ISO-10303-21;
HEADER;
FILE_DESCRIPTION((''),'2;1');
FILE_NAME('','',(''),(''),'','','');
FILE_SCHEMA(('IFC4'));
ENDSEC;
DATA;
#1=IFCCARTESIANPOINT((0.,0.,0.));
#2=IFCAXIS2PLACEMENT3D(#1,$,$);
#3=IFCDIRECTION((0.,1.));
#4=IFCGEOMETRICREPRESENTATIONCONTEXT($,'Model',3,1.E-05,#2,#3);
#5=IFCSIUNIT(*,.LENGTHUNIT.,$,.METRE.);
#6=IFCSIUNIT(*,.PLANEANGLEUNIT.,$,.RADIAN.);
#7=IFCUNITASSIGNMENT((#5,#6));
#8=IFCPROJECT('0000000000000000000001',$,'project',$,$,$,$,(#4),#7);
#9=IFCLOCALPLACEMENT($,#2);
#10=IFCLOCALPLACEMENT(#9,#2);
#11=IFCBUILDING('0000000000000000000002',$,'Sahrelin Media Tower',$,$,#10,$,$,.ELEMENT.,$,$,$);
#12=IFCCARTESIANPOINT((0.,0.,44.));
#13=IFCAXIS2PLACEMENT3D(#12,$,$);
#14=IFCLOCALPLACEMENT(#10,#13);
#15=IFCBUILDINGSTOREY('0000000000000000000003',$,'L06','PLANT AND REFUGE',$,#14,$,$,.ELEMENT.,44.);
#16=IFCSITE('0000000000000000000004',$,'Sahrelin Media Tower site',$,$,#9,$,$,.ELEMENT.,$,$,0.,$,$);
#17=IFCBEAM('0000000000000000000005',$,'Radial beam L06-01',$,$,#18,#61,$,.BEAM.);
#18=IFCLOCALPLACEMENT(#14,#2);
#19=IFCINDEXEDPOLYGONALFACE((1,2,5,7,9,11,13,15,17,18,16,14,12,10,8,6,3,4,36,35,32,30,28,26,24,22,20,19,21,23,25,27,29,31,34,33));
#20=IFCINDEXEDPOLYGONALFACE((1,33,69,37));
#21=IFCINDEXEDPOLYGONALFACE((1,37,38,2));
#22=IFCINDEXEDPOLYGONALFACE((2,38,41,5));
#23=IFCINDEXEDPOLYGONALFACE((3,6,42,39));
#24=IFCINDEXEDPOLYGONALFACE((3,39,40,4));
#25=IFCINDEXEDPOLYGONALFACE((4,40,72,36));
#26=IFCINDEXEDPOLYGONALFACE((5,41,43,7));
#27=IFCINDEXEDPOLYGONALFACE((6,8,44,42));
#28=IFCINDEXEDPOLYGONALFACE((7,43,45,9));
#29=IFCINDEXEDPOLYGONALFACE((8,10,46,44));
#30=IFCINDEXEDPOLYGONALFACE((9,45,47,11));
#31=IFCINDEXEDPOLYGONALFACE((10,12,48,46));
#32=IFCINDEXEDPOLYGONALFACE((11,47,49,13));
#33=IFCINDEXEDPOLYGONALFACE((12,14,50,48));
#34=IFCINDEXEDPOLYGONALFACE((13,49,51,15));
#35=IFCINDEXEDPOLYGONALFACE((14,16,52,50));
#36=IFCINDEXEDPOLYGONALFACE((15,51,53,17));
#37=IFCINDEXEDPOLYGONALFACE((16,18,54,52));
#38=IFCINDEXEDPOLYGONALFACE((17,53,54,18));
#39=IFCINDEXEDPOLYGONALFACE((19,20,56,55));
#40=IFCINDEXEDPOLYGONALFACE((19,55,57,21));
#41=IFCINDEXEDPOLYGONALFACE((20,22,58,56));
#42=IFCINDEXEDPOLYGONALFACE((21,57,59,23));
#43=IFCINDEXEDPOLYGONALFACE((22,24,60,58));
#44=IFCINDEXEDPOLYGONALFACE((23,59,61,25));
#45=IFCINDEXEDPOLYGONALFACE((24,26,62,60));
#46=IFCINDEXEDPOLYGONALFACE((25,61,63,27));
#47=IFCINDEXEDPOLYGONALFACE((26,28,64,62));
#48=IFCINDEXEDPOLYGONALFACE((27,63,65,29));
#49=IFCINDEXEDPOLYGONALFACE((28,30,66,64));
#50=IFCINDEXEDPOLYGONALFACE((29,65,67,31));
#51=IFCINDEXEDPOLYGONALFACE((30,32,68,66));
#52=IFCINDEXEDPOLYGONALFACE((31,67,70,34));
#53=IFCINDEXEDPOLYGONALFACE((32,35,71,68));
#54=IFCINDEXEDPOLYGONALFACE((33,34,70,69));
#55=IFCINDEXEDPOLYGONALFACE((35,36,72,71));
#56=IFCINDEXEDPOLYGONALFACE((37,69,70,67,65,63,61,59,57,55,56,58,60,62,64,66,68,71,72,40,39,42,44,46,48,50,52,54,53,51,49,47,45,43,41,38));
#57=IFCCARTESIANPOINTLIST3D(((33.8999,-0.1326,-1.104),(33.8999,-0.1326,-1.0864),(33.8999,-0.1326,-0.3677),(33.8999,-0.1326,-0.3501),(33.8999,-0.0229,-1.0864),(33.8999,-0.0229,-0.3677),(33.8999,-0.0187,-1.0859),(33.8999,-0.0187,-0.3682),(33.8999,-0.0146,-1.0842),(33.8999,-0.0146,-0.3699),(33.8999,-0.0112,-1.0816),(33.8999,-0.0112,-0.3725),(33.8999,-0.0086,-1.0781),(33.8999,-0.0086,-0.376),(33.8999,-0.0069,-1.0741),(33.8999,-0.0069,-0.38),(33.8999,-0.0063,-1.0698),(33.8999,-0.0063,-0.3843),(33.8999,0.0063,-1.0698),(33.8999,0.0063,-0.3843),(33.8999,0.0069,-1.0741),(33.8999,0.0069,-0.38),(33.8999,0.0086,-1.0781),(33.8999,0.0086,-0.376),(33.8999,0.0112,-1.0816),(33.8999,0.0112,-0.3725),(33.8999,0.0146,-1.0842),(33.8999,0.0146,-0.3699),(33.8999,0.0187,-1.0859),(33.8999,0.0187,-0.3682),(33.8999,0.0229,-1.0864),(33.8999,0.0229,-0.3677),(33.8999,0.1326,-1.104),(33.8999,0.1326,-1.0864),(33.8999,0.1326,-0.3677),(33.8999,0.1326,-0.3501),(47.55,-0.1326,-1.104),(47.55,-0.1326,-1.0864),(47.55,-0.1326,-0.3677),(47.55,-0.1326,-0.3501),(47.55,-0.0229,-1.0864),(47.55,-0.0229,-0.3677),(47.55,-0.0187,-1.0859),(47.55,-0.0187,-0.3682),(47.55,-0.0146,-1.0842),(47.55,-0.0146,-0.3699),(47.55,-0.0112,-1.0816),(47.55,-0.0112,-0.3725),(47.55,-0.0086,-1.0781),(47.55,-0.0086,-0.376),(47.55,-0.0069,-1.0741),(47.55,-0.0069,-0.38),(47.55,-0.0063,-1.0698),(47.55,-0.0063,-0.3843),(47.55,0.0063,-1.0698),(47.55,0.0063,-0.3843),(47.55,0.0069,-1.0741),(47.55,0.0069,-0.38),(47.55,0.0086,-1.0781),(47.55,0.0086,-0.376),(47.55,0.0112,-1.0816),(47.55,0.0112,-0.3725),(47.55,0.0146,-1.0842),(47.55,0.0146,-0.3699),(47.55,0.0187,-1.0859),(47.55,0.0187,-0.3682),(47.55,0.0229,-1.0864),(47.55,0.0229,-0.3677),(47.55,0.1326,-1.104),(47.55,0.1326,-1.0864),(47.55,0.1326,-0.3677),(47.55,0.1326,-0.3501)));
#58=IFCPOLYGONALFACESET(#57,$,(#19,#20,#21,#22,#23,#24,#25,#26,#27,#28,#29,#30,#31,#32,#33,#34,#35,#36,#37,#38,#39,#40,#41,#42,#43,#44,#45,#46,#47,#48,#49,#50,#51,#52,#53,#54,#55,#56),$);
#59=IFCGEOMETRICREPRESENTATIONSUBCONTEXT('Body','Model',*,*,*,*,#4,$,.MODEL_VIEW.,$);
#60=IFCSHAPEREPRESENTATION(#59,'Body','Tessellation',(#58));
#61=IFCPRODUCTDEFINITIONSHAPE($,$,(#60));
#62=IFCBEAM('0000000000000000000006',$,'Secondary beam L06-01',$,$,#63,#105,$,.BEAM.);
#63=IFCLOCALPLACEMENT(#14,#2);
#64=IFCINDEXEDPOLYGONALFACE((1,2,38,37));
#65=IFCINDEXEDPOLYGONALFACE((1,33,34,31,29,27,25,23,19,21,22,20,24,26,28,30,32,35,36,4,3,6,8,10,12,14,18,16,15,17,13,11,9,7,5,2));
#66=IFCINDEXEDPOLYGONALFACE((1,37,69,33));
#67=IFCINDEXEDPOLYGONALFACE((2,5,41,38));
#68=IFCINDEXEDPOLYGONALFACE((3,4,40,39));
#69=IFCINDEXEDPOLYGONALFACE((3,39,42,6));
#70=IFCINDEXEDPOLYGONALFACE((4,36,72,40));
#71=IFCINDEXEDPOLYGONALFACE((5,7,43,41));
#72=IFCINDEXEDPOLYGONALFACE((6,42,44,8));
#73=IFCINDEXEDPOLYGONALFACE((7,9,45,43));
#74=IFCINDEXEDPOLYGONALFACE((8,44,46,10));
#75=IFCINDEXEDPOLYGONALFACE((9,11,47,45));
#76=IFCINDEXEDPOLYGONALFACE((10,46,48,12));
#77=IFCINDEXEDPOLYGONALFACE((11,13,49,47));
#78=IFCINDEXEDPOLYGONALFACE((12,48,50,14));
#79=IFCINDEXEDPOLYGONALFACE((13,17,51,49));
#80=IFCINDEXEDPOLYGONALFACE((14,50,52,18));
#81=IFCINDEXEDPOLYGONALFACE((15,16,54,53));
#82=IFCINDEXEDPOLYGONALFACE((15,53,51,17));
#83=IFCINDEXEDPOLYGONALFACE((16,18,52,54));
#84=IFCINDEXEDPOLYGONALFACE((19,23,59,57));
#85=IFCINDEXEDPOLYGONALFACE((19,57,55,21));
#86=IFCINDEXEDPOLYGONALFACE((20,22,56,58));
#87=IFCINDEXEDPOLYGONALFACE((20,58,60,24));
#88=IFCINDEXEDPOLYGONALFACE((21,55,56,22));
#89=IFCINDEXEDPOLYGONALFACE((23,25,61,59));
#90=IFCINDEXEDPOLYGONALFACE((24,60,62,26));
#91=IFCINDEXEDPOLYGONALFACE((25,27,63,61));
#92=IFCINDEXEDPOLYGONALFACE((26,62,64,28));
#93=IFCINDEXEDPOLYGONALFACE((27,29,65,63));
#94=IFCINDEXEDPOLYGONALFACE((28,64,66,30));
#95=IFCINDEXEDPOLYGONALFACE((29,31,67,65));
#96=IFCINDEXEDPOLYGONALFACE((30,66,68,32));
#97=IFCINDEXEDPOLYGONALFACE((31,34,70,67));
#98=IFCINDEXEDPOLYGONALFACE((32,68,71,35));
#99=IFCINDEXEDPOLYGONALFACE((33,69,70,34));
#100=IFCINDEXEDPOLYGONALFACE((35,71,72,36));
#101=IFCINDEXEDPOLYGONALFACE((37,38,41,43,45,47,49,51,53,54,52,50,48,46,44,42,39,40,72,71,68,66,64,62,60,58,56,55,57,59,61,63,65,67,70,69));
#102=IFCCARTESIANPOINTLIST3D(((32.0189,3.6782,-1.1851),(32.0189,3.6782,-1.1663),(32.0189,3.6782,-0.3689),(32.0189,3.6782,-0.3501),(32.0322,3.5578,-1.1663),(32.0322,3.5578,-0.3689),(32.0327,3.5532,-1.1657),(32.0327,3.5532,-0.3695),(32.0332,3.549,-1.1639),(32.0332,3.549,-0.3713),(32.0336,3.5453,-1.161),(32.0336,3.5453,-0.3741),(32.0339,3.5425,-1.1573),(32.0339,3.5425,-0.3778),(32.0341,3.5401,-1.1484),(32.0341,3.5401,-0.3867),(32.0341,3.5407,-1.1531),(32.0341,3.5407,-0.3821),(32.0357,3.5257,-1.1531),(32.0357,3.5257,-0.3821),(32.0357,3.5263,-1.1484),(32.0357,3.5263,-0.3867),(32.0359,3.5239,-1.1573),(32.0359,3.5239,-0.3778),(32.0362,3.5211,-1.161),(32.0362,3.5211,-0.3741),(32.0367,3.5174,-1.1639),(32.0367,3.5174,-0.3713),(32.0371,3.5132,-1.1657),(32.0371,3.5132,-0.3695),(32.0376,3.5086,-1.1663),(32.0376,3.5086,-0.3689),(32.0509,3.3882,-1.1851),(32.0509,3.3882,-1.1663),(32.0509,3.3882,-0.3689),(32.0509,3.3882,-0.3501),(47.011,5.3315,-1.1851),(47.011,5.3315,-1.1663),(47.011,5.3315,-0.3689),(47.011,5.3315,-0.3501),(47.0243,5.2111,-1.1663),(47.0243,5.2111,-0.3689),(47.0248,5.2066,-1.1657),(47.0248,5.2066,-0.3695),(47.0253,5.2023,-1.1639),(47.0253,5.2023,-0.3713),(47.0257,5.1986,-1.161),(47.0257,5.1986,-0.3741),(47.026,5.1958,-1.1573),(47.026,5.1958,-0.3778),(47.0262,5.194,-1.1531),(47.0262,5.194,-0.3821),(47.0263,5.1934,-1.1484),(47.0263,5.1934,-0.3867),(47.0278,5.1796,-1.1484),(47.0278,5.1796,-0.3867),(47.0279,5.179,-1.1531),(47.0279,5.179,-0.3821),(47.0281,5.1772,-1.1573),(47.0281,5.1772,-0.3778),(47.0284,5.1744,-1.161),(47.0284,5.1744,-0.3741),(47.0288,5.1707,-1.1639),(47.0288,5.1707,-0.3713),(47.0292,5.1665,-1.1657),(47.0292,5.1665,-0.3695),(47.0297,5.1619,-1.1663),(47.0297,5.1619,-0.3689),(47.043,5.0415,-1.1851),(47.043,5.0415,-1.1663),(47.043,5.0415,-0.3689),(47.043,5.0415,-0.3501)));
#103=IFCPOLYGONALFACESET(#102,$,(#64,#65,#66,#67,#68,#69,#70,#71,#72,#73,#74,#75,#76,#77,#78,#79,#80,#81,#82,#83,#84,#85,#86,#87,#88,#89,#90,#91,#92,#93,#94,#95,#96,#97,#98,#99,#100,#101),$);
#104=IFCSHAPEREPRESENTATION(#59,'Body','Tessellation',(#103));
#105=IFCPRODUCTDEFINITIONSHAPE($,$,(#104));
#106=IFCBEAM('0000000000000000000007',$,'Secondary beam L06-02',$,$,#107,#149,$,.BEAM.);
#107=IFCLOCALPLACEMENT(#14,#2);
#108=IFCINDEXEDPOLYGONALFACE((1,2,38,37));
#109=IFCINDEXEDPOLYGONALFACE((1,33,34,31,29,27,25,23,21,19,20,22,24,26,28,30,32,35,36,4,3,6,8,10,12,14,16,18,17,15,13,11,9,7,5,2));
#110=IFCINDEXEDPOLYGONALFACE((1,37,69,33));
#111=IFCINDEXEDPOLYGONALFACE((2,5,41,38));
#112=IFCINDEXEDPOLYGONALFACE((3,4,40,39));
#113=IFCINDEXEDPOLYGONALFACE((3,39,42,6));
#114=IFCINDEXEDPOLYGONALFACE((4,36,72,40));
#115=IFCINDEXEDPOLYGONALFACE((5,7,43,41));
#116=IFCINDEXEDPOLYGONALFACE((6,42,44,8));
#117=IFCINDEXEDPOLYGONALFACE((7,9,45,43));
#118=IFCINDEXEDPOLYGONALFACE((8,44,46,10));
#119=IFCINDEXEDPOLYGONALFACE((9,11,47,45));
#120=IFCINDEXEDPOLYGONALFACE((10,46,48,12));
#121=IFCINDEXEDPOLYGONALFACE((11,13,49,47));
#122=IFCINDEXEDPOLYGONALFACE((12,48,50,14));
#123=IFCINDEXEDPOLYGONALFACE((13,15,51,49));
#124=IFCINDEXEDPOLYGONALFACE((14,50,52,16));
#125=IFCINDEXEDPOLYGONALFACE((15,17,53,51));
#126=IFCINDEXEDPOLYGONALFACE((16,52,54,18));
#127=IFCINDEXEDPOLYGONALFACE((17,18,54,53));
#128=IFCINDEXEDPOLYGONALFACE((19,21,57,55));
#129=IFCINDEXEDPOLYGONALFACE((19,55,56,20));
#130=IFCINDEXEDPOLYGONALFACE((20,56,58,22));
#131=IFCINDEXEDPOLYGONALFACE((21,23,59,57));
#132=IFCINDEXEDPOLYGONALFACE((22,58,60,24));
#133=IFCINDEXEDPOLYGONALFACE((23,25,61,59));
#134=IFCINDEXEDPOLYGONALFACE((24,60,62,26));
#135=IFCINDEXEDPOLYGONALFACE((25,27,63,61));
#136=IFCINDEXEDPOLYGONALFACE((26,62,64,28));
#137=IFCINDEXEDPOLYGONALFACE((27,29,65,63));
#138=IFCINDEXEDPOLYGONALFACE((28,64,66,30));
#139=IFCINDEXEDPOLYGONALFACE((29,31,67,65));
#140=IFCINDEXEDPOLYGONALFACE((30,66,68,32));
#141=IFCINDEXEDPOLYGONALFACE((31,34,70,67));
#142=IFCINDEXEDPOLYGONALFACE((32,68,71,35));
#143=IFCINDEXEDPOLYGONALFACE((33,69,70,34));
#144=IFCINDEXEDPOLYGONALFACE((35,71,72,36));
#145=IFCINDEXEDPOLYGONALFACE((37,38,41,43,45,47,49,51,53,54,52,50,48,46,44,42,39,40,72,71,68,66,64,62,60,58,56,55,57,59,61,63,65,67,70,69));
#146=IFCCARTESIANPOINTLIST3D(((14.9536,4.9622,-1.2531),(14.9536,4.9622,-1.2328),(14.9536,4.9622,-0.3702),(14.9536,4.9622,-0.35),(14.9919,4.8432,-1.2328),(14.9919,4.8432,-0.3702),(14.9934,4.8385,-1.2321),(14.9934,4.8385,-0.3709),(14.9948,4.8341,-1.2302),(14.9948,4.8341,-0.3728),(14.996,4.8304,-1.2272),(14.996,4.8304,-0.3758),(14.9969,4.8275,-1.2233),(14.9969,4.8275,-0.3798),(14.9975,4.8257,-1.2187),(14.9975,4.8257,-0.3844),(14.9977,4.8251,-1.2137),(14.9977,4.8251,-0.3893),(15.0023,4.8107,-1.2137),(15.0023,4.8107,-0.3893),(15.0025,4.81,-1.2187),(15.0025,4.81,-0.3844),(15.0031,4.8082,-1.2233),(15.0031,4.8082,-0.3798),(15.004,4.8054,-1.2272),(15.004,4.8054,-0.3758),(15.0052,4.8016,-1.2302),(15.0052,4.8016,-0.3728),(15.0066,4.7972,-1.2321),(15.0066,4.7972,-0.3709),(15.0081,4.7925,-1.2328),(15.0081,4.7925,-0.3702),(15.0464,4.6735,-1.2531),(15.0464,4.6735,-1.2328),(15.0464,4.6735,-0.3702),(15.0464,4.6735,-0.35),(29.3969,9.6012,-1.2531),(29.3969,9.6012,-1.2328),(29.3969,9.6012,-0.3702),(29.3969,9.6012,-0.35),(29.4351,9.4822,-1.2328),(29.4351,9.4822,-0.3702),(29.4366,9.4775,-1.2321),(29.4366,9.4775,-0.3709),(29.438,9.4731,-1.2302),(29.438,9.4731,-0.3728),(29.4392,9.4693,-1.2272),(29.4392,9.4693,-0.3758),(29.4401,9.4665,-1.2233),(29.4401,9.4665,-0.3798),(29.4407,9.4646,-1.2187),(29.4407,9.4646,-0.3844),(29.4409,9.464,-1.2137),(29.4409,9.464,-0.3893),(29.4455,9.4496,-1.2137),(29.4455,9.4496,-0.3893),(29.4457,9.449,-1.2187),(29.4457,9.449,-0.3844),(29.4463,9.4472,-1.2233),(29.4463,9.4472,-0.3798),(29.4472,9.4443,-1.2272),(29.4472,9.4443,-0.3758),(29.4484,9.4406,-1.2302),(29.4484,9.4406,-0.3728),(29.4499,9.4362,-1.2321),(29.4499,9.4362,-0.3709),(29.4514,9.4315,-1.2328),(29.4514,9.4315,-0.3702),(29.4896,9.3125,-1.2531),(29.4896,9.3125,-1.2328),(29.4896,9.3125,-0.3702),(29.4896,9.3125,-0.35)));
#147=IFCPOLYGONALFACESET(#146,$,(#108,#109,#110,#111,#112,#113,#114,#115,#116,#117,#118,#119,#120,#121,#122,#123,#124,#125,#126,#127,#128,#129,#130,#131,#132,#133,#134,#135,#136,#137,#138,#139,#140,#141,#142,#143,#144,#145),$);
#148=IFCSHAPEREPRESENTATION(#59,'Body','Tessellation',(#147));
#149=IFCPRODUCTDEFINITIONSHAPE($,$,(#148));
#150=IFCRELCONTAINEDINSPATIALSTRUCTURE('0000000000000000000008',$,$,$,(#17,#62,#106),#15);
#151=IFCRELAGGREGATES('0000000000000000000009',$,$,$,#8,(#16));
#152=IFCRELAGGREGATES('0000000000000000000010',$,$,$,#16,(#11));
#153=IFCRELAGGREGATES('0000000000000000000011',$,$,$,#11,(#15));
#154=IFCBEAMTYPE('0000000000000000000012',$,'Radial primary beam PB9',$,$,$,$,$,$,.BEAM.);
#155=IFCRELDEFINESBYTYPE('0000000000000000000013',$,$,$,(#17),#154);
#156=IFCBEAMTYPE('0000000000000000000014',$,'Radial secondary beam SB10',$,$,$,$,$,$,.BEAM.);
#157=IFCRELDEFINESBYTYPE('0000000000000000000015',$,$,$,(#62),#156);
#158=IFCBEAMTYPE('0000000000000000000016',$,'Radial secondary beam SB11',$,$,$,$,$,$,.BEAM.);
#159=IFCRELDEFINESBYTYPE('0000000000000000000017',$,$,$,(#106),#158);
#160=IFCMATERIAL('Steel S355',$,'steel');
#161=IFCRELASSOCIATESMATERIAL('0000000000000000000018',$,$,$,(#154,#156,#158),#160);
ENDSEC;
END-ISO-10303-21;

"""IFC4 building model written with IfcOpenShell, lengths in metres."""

from ifc_helpers import new_model, si_unit, direction, frame, origin, origin_2d, place, context, subcontext, project, spatial, i_section, extrude, material, material_profile, profile_set, type_object, element, save


model = new_model("IFC4")

# Units and contexts
model_context = context("Model", 3, precision=1e-05, world=origin(), true_north=direction((0.0, 1.0)))
body_context = subcontext(model_context, "Body", "Model", "MODEL_VIEW")
ifc_project = project(units=[si_unit("LENGTHUNIT", "METRE"), si_unit("PLANEANGLEUNIT", "RADIAN")], contexts=[model_context])

# Site, building, storey
site_placement = place(None, origin())
site = spatial("IfcSite", under=ifc_project, at=site_placement, Name="Sahrelin Media Tower site", CompositionType="ELEMENT", RefElevation=0.0)
building_placement = place(site_placement, origin())
building = spatial("IfcBuilding", under=site, at=building_placement, Name="Sahrelin Media Tower", CompositionType="ELEMENT")
storey_placement = place(building_placement, frame((0.0, 0.0, 44.0)))
storey = spatial("IfcBuildingStorey", under=building, at=storey_placement, Name="L06", Description="PLANT AND REFUGE", CompositionType="ELEMENT", Elevation=44.0)

# Beams
ifc_material_1 = material(Name="Steel S355", Category="steel")
ifc_material_profile_1 = material_profile(ifc_material_1, i_section(OverallWidth=0.2651, OverallDepth=0.7539, WebThickness=0.0127, FlangeThickness=0.0176, FilletRadius=0.0166, at=origin_2d()), Name="UB 762x267x147")
ifc_profile_set_1 = profile_set([ifc_material_profile_1], Name="Steel S355")
beam_type_1 = type_object("IfcBeamType", Name="Radial primary beam PB9", PredefinedType="BEAM", material=ifc_profile_set_1)
beam_1_placement = place(storey_placement, frame((33.8999, 0.0, -0.7271), z_axis=(1.0, 0.0, 0.0), x_axis=(0.0, 1.0, 0.0)))
element("IfcBeam", 1, at=beam_1_placement, inside=storey, type_object=beam_type_1, Name="Radial beam L06-01", PredefinedType="BEAM", context=body_context, shape_type="SweptSolid", body=[
    extrude(i_section(OverallWidth=0.2651, OverallDepth=0.7539, WebThickness=0.0127, FlangeThickness=0.0176, FilletRadius=0.0166, at=origin_2d()), origin(), (0.0, 0.0, 1.0), 13.6501),
])
ifc_material_profile_2 = material_profile(ifc_material_1, i_section(OverallWidth=0.2917, OverallDepth=0.835, WebThickness=0.0139, FlangeThickness=0.0188, FilletRadius=0.0178, at=origin_2d()), Name="UB 838x292x176")
ifc_profile_set_2 = profile_set([ifc_material_profile_2], Name="Steel S355")
beam_type_2 = type_object("IfcBeamType", Name="Radial secondary beam SB10", PredefinedType="BEAM", material=ifc_profile_set_2)
beam_2_placement = place(storey_placement, frame((32.0349, 3.5332, -0.7676), z_axis=(0.993974, 0.109614, 0.0), x_axis=(-0.109614, 0.993974, 0.0)))
element("IfcBeam", 2, at=beam_2_placement, inside=storey, type_object=beam_type_2, Name="Secondary beam L06-01", PredefinedType="BEAM", context=body_context, shape_type="SweptSolid", body=[
    extrude(i_section(OverallWidth=0.2917, OverallDepth=0.835, WebThickness=0.0139, FlangeThickness=0.0188, FilletRadius=0.0178, at=origin_2d()), origin(), (0.0, 0.0, 1.0), 15.083),
])
ifc_material_profile_3 = material_profile(ifc_material_1, i_section(OverallWidth=0.3032, OverallDepth=0.9031, WebThickness=0.0151, FlangeThickness=0.0203, FilletRadius=0.019, at=origin_2d()), Name="UB 914x305x201")
ifc_profile_set_3 = profile_set([ifc_material_profile_3], Name="Steel S355")
beam_type_3 = type_object("IfcBeamType", Name="Radial secondary beam SB11", PredefinedType="BEAM", material=ifc_profile_set_3)
beam_3_placement = place(storey_placement, frame((15.0, 4.8179, -0.8015), z_axis=(0.952096, 0.305799, 0.0), x_axis=(-0.305799, 0.952096, 0.0)))
element("IfcBeam", 3, at=beam_3_placement, inside=storey, type_object=beam_type_3, Name="Secondary beam L06-02", PredefinedType="BEAM", context=body_context, shape_type="SweptSolid", body=[
    extrude(i_section(OverallWidth=0.3032, OverallDepth=0.9031, WebThickness=0.0151, FlangeThickness=0.0203, FilletRadius=0.019, at=origin_2d()), origin(), (0.0, 0.0, 1.0), 15.1699),
])

save(model, "model.ifc")
